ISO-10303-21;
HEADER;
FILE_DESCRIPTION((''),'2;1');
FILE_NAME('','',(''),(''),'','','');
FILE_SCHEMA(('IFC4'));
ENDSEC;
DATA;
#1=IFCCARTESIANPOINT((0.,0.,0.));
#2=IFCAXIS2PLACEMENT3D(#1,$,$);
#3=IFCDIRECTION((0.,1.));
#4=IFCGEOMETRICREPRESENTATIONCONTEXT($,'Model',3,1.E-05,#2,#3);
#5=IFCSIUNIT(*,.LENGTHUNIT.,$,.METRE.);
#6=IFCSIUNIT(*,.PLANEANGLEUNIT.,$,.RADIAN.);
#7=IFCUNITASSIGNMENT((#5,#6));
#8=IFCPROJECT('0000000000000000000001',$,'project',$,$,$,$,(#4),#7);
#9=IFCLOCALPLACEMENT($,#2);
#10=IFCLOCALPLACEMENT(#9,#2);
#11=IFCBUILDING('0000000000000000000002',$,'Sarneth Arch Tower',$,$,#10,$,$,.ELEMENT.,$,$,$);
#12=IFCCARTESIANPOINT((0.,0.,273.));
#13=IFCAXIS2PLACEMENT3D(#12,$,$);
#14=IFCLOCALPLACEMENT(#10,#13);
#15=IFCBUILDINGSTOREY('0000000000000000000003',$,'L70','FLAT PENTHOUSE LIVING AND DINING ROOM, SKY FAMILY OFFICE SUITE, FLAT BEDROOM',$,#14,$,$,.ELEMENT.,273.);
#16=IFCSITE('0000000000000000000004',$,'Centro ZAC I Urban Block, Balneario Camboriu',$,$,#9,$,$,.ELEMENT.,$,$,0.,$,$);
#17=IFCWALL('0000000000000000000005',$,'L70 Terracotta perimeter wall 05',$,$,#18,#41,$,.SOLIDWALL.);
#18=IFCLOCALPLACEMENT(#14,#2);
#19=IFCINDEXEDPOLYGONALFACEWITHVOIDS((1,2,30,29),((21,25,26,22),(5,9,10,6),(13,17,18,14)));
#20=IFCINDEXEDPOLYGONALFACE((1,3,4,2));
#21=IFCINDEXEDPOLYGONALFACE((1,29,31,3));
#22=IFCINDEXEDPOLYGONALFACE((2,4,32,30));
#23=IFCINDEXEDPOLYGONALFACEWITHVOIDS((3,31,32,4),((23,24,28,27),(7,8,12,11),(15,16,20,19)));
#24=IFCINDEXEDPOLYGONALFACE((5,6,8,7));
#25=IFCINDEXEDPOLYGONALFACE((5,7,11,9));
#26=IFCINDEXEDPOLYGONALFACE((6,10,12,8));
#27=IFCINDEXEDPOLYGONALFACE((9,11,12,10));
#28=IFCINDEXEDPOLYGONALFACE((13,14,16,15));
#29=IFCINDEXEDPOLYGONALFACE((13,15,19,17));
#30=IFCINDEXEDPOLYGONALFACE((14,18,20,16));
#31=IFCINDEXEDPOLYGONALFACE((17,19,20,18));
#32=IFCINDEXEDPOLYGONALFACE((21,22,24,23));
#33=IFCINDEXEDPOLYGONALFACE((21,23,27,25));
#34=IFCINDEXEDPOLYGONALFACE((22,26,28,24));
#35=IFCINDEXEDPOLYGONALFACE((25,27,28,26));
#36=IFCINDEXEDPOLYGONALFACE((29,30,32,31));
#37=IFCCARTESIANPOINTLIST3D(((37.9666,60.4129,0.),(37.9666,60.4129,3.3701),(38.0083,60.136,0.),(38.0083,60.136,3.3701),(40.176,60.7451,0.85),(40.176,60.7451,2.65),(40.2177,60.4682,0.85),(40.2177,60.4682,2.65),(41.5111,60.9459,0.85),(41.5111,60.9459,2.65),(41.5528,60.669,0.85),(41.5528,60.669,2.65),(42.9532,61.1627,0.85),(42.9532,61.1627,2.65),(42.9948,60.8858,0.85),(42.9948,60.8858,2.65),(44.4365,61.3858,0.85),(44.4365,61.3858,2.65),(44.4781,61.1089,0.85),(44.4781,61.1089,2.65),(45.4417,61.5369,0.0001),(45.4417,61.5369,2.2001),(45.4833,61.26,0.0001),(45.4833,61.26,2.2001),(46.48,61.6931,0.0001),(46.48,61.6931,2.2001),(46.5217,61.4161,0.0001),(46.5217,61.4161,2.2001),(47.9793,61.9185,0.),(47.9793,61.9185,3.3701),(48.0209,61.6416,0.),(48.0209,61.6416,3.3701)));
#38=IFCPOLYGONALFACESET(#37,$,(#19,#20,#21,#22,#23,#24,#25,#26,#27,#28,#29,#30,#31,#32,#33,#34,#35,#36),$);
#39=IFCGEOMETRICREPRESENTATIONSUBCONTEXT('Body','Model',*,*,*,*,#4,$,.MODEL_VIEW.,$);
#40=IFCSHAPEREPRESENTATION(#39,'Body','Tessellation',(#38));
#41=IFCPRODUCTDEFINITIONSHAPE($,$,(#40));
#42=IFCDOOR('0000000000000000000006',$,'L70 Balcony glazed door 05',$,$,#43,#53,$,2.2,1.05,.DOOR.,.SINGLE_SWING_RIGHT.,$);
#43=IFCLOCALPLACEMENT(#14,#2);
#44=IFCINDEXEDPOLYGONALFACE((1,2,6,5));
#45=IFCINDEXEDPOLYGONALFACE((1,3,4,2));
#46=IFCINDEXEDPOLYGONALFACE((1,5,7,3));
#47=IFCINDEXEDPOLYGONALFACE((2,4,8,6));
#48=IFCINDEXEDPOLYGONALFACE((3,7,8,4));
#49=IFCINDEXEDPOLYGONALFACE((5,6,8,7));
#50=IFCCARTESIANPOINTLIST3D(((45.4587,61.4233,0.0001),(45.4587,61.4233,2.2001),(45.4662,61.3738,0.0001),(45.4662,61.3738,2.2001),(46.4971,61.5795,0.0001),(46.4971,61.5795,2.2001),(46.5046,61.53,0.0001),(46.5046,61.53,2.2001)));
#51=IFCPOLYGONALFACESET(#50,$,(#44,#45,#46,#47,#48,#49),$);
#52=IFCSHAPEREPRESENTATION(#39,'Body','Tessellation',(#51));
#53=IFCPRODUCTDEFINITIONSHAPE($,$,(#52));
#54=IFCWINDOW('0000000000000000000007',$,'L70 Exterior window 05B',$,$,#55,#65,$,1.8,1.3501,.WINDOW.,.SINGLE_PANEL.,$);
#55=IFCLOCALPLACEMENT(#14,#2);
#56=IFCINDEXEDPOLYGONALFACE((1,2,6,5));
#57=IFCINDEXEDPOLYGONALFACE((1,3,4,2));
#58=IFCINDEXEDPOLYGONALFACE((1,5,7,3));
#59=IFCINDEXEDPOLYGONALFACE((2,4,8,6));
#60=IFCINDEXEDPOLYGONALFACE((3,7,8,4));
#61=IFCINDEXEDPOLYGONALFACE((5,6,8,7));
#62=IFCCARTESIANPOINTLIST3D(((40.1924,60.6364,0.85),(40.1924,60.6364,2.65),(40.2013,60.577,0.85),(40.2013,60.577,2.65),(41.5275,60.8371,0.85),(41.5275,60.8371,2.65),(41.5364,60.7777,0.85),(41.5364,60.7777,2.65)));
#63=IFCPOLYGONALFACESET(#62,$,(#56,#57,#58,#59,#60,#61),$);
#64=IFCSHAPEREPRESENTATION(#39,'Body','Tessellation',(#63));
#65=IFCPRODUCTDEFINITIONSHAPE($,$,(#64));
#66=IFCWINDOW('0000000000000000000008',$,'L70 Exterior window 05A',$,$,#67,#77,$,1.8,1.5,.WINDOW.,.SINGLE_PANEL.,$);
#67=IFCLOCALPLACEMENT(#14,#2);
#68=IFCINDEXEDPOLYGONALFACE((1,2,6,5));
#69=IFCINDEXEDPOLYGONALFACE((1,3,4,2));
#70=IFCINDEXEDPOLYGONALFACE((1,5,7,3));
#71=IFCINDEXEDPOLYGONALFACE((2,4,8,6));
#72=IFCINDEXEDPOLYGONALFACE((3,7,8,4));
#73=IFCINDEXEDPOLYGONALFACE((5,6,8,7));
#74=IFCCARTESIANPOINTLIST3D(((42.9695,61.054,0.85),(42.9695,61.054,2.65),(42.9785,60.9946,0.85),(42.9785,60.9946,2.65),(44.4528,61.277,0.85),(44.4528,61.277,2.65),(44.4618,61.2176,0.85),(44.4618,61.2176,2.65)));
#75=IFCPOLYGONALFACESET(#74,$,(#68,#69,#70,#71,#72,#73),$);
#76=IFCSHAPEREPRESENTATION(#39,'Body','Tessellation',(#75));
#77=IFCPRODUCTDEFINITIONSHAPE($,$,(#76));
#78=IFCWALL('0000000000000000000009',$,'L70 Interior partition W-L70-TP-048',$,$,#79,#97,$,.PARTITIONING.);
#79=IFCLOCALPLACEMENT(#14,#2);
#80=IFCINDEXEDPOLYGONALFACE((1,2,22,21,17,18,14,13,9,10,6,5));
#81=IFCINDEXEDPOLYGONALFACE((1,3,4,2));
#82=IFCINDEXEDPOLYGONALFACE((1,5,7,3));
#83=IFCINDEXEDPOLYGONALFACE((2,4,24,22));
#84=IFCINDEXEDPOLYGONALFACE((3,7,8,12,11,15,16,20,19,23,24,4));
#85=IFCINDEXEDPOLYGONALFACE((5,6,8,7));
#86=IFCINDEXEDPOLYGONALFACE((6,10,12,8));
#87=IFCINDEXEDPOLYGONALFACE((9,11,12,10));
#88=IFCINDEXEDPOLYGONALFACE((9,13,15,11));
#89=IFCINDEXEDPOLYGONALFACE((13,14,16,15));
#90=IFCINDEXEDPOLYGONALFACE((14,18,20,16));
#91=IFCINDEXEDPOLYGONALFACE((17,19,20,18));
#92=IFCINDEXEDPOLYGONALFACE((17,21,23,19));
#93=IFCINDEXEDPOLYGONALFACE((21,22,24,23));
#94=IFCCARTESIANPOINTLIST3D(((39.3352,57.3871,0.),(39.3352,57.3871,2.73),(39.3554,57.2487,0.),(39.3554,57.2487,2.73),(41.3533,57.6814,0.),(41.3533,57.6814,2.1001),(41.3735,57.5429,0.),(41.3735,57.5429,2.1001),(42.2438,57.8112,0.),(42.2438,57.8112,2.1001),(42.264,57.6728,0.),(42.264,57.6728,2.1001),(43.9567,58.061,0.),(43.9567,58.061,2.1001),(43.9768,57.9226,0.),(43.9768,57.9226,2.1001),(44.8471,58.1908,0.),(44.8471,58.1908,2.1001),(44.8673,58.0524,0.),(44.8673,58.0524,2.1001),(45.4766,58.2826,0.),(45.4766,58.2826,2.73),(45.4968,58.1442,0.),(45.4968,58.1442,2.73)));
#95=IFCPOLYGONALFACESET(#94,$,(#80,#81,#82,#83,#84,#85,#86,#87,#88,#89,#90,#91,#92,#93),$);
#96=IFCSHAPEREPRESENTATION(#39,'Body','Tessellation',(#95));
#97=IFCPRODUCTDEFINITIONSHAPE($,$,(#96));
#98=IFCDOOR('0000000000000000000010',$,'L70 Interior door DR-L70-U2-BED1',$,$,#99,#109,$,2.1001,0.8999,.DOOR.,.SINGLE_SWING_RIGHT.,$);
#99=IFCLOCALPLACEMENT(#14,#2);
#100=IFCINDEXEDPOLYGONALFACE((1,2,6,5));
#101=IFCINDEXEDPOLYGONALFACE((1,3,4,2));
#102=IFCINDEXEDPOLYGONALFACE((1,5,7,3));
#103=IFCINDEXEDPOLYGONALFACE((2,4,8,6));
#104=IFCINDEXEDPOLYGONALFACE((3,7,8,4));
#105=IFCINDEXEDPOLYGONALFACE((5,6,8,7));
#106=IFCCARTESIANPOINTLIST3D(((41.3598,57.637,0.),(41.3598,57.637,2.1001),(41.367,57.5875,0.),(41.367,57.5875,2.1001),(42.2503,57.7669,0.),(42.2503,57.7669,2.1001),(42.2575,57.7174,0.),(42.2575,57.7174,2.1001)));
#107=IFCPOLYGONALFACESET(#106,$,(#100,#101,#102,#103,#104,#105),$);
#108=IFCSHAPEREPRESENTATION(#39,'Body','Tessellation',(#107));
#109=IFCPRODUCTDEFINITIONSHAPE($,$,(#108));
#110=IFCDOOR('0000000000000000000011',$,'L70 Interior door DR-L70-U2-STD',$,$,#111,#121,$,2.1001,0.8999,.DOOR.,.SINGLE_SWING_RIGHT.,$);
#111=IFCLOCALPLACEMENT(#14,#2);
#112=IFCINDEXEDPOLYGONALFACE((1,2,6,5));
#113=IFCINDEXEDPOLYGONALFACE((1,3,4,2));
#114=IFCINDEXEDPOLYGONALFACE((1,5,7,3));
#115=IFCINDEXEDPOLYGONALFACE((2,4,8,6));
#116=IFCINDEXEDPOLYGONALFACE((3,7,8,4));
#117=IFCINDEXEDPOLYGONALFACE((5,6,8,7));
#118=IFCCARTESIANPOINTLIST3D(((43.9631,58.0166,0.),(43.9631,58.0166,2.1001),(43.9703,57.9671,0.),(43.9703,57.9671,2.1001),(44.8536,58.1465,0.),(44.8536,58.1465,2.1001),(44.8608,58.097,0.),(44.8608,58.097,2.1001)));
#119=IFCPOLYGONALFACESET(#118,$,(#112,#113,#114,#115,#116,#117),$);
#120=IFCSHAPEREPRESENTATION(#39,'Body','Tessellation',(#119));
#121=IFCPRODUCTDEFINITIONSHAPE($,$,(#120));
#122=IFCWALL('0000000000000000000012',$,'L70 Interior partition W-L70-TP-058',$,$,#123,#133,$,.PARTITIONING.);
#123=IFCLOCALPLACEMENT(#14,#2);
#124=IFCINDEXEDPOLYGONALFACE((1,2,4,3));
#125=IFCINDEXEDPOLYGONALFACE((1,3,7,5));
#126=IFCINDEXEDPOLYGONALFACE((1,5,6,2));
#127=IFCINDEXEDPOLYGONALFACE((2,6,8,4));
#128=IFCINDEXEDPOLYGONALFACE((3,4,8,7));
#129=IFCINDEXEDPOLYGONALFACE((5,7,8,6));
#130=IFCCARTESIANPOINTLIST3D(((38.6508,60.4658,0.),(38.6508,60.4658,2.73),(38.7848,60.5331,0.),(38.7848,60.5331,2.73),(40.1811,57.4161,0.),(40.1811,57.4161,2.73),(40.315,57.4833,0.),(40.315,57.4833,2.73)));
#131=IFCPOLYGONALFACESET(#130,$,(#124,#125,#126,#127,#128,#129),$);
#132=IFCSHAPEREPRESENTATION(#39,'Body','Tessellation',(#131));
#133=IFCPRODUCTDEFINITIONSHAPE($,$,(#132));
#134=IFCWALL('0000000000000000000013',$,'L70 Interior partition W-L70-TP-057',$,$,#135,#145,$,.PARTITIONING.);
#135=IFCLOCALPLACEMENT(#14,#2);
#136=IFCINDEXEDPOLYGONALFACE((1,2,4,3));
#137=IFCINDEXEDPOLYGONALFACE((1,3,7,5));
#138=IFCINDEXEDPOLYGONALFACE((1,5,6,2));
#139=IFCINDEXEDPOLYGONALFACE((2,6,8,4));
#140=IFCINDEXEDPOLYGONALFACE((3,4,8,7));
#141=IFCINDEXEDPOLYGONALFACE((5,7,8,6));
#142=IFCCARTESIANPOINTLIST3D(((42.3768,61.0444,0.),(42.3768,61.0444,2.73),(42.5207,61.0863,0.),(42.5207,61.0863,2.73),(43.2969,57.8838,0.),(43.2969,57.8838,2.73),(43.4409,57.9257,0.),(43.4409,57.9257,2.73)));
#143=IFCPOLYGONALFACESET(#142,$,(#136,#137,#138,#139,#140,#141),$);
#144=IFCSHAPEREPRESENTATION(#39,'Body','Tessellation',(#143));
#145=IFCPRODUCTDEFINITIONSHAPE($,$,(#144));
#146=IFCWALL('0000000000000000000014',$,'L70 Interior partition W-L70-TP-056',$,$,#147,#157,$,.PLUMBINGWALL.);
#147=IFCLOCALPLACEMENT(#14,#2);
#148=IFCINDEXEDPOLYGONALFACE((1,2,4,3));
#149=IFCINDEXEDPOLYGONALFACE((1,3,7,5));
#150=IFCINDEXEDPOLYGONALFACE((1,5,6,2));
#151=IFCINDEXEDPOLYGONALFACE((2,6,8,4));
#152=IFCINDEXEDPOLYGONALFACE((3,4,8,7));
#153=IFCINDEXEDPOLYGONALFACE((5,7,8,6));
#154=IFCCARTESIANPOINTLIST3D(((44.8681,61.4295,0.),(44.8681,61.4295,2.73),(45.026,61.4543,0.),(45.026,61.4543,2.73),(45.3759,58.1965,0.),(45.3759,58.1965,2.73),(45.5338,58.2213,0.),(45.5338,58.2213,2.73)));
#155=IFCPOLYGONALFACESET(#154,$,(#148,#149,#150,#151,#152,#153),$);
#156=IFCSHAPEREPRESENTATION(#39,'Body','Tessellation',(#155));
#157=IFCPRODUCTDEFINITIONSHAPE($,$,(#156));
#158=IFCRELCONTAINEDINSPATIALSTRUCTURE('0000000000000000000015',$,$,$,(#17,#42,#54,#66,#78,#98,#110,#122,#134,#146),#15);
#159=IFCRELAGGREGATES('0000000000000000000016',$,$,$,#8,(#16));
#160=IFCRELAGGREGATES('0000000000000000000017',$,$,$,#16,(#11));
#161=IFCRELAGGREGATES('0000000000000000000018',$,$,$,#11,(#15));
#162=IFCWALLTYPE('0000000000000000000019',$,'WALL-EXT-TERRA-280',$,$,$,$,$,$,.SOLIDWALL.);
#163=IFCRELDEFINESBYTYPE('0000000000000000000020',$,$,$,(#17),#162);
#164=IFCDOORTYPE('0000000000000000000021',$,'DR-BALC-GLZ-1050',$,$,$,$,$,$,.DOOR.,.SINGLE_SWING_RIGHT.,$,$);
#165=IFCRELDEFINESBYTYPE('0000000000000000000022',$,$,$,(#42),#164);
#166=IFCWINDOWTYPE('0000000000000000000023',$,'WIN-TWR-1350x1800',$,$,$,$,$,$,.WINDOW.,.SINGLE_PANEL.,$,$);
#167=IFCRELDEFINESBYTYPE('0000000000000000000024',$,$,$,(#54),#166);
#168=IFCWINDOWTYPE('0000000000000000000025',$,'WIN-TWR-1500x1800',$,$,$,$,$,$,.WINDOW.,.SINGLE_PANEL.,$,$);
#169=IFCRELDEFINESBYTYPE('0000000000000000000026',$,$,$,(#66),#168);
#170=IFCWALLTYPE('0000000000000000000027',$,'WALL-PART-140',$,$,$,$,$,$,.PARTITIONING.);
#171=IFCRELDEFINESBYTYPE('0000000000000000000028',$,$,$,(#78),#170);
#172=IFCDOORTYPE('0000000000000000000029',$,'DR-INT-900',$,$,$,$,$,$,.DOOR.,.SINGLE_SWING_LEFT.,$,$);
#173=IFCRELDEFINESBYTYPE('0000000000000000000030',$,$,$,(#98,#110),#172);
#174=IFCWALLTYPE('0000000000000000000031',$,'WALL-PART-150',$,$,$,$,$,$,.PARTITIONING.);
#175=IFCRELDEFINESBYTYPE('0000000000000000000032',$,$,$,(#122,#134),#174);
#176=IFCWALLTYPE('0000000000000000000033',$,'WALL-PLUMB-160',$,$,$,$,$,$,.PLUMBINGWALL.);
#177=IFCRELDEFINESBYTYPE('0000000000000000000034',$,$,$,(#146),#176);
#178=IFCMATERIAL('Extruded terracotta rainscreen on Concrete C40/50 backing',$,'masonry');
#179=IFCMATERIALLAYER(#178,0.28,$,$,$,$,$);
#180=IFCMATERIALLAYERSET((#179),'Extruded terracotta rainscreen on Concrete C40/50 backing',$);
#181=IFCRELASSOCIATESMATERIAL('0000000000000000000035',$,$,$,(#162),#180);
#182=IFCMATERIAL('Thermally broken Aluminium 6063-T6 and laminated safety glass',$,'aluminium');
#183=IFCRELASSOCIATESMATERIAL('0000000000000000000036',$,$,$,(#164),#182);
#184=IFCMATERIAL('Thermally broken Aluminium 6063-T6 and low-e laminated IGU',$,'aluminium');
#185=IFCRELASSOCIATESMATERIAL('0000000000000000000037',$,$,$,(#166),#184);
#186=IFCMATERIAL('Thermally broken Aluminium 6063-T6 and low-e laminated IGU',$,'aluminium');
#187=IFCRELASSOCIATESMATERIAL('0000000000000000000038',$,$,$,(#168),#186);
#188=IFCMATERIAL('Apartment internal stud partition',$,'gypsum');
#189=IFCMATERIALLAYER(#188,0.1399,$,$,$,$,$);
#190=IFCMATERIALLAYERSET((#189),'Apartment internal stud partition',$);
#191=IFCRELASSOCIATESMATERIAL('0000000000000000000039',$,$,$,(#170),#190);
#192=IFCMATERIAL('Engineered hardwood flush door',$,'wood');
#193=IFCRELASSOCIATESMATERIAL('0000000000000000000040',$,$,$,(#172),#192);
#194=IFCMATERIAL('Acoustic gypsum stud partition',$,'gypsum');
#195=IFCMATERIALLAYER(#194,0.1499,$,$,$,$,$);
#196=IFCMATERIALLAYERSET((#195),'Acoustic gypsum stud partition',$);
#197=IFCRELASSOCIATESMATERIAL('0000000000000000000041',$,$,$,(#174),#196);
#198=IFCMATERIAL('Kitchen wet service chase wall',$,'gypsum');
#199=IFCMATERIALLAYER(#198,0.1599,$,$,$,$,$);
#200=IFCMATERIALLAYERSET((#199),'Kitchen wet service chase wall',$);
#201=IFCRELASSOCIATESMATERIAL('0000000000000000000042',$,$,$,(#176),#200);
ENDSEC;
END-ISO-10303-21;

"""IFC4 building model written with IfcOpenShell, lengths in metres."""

from ifc_helpers import new_model, si_unit, direction, frame, frame_2d, origin, place, context, subcontext, project, spatial, rectangle, extrude, material, layer, layer_set, type_object, element, fill, save


model = new_model("IFC4")

# Units and contexts
model_context = context("Model", 3, precision=1e-05, world=origin(), true_north=direction((0.0, 1.0)))
body_context = subcontext(model_context, "Body", "Model", "MODEL_VIEW")
ifc_project = project(units=[si_unit("LENGTHUNIT", "METRE"), si_unit("PLANEANGLEUNIT", "RADIAN")], contexts=[model_context])

# Site, building, storey
site_placement = place(None, origin())
site = spatial("IfcSite", under=ifc_project, at=site_placement, Name="Centro ZAC I Urban Block, Balneario Camboriu", CompositionType="ELEMENT", RefElevation=0.0)
building_placement = place(site_placement, origin())
building = spatial("IfcBuilding", under=site, at=building_placement, Name="Sarneth Arch Tower", CompositionType="ELEMENT")
storey_placement = place(building_placement, frame((0.0, 0.0, 273.0)))
storey = spatial("IfcBuildingStorey", under=building, at=storey_placement, Name="L70", Description="FLAT PENTHOUSE LIVING AND DINING ROOM, SKY FAMILY OFFICE SUITE, FLAT BEDROOM", CompositionType="ELEMENT", Elevation=273.0)

# Wall, openings, door, windows
ifc_material_1 = material(Name="Extruded terracotta rainscreen on Concrete C40/50 backing", Category="masonry")
ifc_layer_1 = layer(ifc_material_1, 0.28)
ifc_layer_set_1 = layer_set([ifc_layer_1], Name="Extruded terracotta rainscreen on Concrete C40/50 backing")
wall_type_1 = type_object("IfcWallType", Name="WALL-EXT-TERRA-280", PredefinedType="SOLIDWALL", material=ifc_layer_set_1)
wall_1_placement = place(storey_placement, frame((48.0, 61.78, 0.0), z_axis=(0.0, 0.0, 1.0), x_axis=(-0.988883, -0.148699, 0.0)))
wall_1 = element("IfcWall", 1, at=wall_1_placement, inside=storey, type_object=wall_type_1, Name="L70 Terracotta perimeter wall 05", PredefinedType="SOLIDWALL", context=body_context, shape_type="SweptSolid", body=[
    extrude(rectangle(XDim=10.1252, YDim=0.28, at=frame_2d((5.0625, 0.0))), origin(), (0.0, 0.0, 1.0), 3.3701),
])
opening_1_placement = place(wall_1_placement, frame((1.5161, 0.0, 0.0)))
opening_1 = element("IfcOpeningElement", 2, at=opening_1_placement, cuts=wall_1, PredefinedType="OPENING", context=body_context, shape_type="SweptSolid", body=[
    extrude(rectangle(XDim=1.05, YDim=2.2, at=frame_2d((0.5249, 1.1001))), frame((0.0, 0.1499, 0.0), z_axis=(0.0, -1.0, 0.0), x_axis=(1.0, 0.0, 0.0)), (0.0, 0.0, 1.0), 0.3),
])
opening_2_placement = place(wall_1_placement, frame((3.5825, 0.0, 0.8501)))
opening_2 = element("IfcOpeningElement", 3, at=opening_2_placement, cuts=wall_1, PredefinedType="OPENING", context=body_context, shape_type="SweptSolid", body=[
    extrude(rectangle(XDim=1.5, YDim=1.8, at=frame_2d((0.75, 0.8999))), frame((0.0, 0.1499, 0.0), z_axis=(0.0, -1.0, 0.0), x_axis=(1.0, 0.0, 0.0)), (0.0, 0.0, 1.0), 0.3),
])
opening_3_placement = place(wall_1_placement, frame((6.5408, 0.0, 0.8501)))
opening_3 = element("IfcOpeningElement", 4, at=opening_3_placement, cuts=wall_1, PredefinedType="OPENING", context=body_context, shape_type="SweptSolid", body=[
    extrude(rectangle(XDim=1.3501, YDim=1.8, at=frame_2d((0.675, 0.8999))), frame((0.0, 0.1499, 0.0), z_axis=(0.0, -1.0, 0.0), x_axis=(1.0, 0.0, 0.0)), (0.0, 0.0, 1.0), 0.3),
])
ifc_material_2 = material(Name="Thermally broken Aluminium 6063-T6 and laminated safety glass", Category="aluminium")
door_type_1 = type_object("IfcDoorType", Name="DR-BALC-GLZ-1050", OperationType="SINGLE_SWING_RIGHT", PredefinedType="DOOR", material=ifc_material_2)
door_1_placement = place(opening_1_placement, origin())
door_1 = element("IfcDoor", 5, at=door_1_placement, inside=storey, type_object=door_type_1, Name="L70 Balcony glazed door 05", OperationType="SINGLE_SWING_RIGHT", OverallHeight=2.2, OverallWidth=1.05, PredefinedType="DOOR", context=body_context, shape_type="SweptSolid", body=[
    extrude(rectangle(XDim=1.05, YDim=2.2, at=frame_2d((0.5249, 1.1001))), frame((0.0, 0.0249, 0.0), z_axis=(0.0, -1.0, 0.0), x_axis=(1.0, 0.0, 0.0)), (0.0, 0.0, 1.0), 0.05),
])
fill(opening_1, door_1)
ifc_material_3 = material(Name="Thermally broken Aluminium 6063-T6 and low-e laminated IGU", Category="aluminium")
window_type_1 = type_object("IfcWindowType", Name="WIN-TWR-1350x1800", PartitioningType="SINGLE_PANEL", PredefinedType="WINDOW", material=ifc_material_3)
window_1_placement = place(opening_3_placement, origin())
window_1 = element("IfcWindow", 6, at=window_1_placement, inside=storey, type_object=window_type_1, Name="L70 Exterior window 05B", OverallHeight=1.8, OverallWidth=1.3501, PartitioningType="SINGLE_PANEL", PredefinedType="WINDOW", context=body_context, shape_type="SweptSolid", body=[
    extrude(rectangle(XDim=1.3501, YDim=1.8, at=frame_2d((0.675, 0.8999))), frame((0.0, 0.03, 0.0), z_axis=(0.0, -1.0, 0.0), x_axis=(1.0, 0.0, 0.0)), (0.0, 0.0, 1.0), 0.0601),
])
fill(opening_3, window_1)
ifc_material_4 = material(Name="Thermally broken Aluminium 6063-T6 and low-e laminated IGU", Category="aluminium")
window_type_2 = type_object("IfcWindowType", Name="WIN-TWR-1500x1800", PartitioningType="SINGLE_PANEL", PredefinedType="WINDOW", material=ifc_material_4)
window_2_placement = place(opening_2_placement, origin())
window_2 = element("IfcWindow", 7, at=window_2_placement, inside=storey, type_object=window_type_2, Name="L70 Exterior window 05A", OverallHeight=1.8, OverallWidth=1.5, PartitioningType="SINGLE_PANEL", PredefinedType="WINDOW", context=body_context, shape_type="SweptSolid", body=[
    extrude(rectangle(XDim=1.5, YDim=1.8, at=frame_2d((0.75, 0.8999))), frame((0.0, 0.03, 0.0), z_axis=(0.0, -1.0, 0.0), x_axis=(1.0, 0.0, 0.0)), (0.0, 0.0, 1.0), 0.0601),
])
fill(opening_2, window_2)

# Wall, openings, doors
ifc_material_5 = material(Name="Apartment internal stud partition", Category="gypsum")
ifc_layer_2 = layer(ifc_material_5, 0.1399)
ifc_layer_set_2 = layer_set([ifc_layer_2], Name="Apartment internal stud partition")
wall_type_2 = type_object("IfcWallType", Name="WALL-PART-140", PredefinedType="PARTITIONING", material=ifc_layer_set_2)
wall_2_placement = place(storey_placement, frame((45.4866, 58.2134, 0.0), z_axis=(0.0, 0.0, 1.0), x_axis=(-0.989535, -0.14429, 0.0)))
wall_2 = element("IfcWall", 8, at=wall_2_placement, inside=storey, type_object=wall_type_2, Name="L70 Interior partition W-L70-TP-048", PredefinedType="PARTITIONING", context=body_context, shape_type="SweptSolid", body=[
    extrude(rectangle(XDim=6.2063, YDim=0.1399, at=frame_2d((3.103, 0.0))), origin(), (0.0, 0.0, 1.0), 2.73),
])
opening_4_placement = place(wall_2_placement, frame((3.2668, 0.0, 0.0)))
opening_4 = element("IfcOpeningElement", 9, at=opening_4_placement, cuts=wall_2, PredefinedType="OPENING", context=body_context, shape_type="SweptSolid", body=[
    extrude(rectangle(XDim=0.8999, YDim=2.1001, at=frame_2d((0.45, 1.05))), frame((0.0, 0.0798, 0.0), z_axis=(0.0, -1.0, 0.0), x_axis=(1.0, 0.0, 0.0)), (0.0, 0.0, 1.0), 0.1599),
])
opening_5_placement = place(wall_2_placement, frame((0.636, 0.0, 0.0)))
opening_5 = element("IfcOpeningElement", 10, at=opening_5_placement, cuts=wall_2, PredefinedType="OPENING", context=body_context, shape_type="SweptSolid", body=[
    extrude(rectangle(XDim=0.8999, YDim=2.1001, at=frame_2d((0.45, 1.05))), frame((0.0, 0.0798, 0.0), z_axis=(0.0, -1.0, 0.0), x_axis=(1.0, 0.0, 0.0)), (0.0, 0.0, 1.0), 0.1599),
])
ifc_material_6 = material(Name="Engineered hardwood flush door", Category="wood")
door_type_2 = type_object("IfcDoorType", Name="DR-INT-900", OperationType="SINGLE_SWING_LEFT", PredefinedType="DOOR", material=ifc_material_6)
door_2_placement = place(opening_4_placement, origin())
door_2 = element("IfcDoor", 11, at=door_2_placement, inside=storey, type_object=door_type_2, Name="L70 Interior door DR-L70-U2-BED1", OperationType="SINGLE_SWING_RIGHT", OverallHeight=2.1001, OverallWidth=0.8999, PredefinedType="DOOR", context=body_context, shape_type="SweptSolid", body=[
    extrude(rectangle(XDim=0.8999, YDim=2.1001, at=frame_2d((0.45, 1.05))), frame((0.0, 0.0249, 0.0), z_axis=(0.0, -1.0, 0.0), x_axis=(1.0, 0.0, 0.0)), (0.0, 0.0, 1.0), 0.05),
])
fill(opening_4, door_2)
door_3_placement = place(opening_5_placement, origin())
door_3 = element("IfcDoor", 12, at=door_3_placement, inside=storey, type_object=door_type_2, Name="L70 Interior door DR-L70-U2-STD", OperationType="SINGLE_SWING_RIGHT", OverallHeight=2.1001, OverallWidth=0.8999, PredefinedType="DOOR", context=body_context, shape_type="SweptSolid", body=[
    extrude(rectangle(XDim=0.8999, YDim=2.1001, at=frame_2d((0.45, 1.05))), frame((0.0, 0.0249, 0.0), z_axis=(0.0, -1.0, 0.0), x_axis=(1.0, 0.0, 0.0)), (0.0, 0.0, 1.0), 0.05),
])
fill(opening_5, door_3)

# Walls
ifc_material_7 = material(Name="Acoustic gypsum stud partition", Category="gypsum")
ifc_layer_3 = layer(ifc_material_7, 0.1499)
ifc_layer_set_3 = layer_set([ifc_layer_3], Name="Acoustic gypsum stud partition")
wall_type_3 = type_object("IfcWallType", Name="WALL-PART-150", PredefinedType="PARTITIONING", material=ifc_layer_set_3)
wall_3_placement = place(storey_placement, frame((40.248, 57.4497, 0.0), z_axis=(0.0, 0.0, 1.0), x_axis=(-0.448472, 0.893797, 0.0)))
element("IfcWall", 13, at=wall_3_placement, inside=storey, type_object=wall_type_3, Name="L70 Interior partition W-L70-TP-058", PredefinedType="PARTITIONING", context=body_context, shape_type="SweptSolid", body=[
    extrude(rectangle(XDim=3.4121, YDim=0.1499, at=frame_2d((1.7061, 0.0))), origin(), (0.0, 0.0, 1.0), 2.73),
])
wall_4_placement = place(storey_placement, frame((42.4487, 61.0654, 0.0), z_axis=(0.0, 0.0, 1.0), x_axis=(0.279527, -0.960138, 0.0)))
element("IfcWall", 14, at=wall_4_placement, inside=storey, type_object=wall_type_3, Name="L70 Interior partition W-L70-TP-057", PredefinedType="PARTITIONING", context=body_context, shape_type="SweptSolid", body=[
    extrude(rectangle(XDim=3.2917, YDim=0.1499, at=frame_2d((1.646, 0.0))), origin(), (0.0, 0.0, 1.0), 2.73),
])
ifc_material_8 = material(Name="Kitchen wet service chase wall", Category="gypsum")
ifc_layer_4 = layer(ifc_material_8, 0.1599)
ifc_layer_set_4 = layer_set([ifc_layer_4], Name="Kitchen wet service chase wall")
wall_type_4 = type_object("IfcWallType", Name="WALL-PLUMB-160", PredefinedType="PLUMBINGWALL", material=ifc_layer_set_4)
wall_5_placement = place(storey_placement, frame((45.4548, 58.209, 0.0), z_axis=(0.0, 0.0, 1.0), x_axis=(-0.155162, 0.987889, 0.0)))
element("IfcWall", 15, at=wall_5_placement, inside=storey, type_object=wall_type_4, Name="L70 Interior partition W-L70-TP-056", PredefinedType="PLUMBINGWALL", context=body_context, shape_type="SweptSolid", body=[
    extrude(rectangle(XDim=3.2727, YDim=0.1599, at=frame_2d((1.6362, 0.0))), origin(), (0.0, 0.0, 1.0), 2.73),
])

save(model, "model.ifc")
